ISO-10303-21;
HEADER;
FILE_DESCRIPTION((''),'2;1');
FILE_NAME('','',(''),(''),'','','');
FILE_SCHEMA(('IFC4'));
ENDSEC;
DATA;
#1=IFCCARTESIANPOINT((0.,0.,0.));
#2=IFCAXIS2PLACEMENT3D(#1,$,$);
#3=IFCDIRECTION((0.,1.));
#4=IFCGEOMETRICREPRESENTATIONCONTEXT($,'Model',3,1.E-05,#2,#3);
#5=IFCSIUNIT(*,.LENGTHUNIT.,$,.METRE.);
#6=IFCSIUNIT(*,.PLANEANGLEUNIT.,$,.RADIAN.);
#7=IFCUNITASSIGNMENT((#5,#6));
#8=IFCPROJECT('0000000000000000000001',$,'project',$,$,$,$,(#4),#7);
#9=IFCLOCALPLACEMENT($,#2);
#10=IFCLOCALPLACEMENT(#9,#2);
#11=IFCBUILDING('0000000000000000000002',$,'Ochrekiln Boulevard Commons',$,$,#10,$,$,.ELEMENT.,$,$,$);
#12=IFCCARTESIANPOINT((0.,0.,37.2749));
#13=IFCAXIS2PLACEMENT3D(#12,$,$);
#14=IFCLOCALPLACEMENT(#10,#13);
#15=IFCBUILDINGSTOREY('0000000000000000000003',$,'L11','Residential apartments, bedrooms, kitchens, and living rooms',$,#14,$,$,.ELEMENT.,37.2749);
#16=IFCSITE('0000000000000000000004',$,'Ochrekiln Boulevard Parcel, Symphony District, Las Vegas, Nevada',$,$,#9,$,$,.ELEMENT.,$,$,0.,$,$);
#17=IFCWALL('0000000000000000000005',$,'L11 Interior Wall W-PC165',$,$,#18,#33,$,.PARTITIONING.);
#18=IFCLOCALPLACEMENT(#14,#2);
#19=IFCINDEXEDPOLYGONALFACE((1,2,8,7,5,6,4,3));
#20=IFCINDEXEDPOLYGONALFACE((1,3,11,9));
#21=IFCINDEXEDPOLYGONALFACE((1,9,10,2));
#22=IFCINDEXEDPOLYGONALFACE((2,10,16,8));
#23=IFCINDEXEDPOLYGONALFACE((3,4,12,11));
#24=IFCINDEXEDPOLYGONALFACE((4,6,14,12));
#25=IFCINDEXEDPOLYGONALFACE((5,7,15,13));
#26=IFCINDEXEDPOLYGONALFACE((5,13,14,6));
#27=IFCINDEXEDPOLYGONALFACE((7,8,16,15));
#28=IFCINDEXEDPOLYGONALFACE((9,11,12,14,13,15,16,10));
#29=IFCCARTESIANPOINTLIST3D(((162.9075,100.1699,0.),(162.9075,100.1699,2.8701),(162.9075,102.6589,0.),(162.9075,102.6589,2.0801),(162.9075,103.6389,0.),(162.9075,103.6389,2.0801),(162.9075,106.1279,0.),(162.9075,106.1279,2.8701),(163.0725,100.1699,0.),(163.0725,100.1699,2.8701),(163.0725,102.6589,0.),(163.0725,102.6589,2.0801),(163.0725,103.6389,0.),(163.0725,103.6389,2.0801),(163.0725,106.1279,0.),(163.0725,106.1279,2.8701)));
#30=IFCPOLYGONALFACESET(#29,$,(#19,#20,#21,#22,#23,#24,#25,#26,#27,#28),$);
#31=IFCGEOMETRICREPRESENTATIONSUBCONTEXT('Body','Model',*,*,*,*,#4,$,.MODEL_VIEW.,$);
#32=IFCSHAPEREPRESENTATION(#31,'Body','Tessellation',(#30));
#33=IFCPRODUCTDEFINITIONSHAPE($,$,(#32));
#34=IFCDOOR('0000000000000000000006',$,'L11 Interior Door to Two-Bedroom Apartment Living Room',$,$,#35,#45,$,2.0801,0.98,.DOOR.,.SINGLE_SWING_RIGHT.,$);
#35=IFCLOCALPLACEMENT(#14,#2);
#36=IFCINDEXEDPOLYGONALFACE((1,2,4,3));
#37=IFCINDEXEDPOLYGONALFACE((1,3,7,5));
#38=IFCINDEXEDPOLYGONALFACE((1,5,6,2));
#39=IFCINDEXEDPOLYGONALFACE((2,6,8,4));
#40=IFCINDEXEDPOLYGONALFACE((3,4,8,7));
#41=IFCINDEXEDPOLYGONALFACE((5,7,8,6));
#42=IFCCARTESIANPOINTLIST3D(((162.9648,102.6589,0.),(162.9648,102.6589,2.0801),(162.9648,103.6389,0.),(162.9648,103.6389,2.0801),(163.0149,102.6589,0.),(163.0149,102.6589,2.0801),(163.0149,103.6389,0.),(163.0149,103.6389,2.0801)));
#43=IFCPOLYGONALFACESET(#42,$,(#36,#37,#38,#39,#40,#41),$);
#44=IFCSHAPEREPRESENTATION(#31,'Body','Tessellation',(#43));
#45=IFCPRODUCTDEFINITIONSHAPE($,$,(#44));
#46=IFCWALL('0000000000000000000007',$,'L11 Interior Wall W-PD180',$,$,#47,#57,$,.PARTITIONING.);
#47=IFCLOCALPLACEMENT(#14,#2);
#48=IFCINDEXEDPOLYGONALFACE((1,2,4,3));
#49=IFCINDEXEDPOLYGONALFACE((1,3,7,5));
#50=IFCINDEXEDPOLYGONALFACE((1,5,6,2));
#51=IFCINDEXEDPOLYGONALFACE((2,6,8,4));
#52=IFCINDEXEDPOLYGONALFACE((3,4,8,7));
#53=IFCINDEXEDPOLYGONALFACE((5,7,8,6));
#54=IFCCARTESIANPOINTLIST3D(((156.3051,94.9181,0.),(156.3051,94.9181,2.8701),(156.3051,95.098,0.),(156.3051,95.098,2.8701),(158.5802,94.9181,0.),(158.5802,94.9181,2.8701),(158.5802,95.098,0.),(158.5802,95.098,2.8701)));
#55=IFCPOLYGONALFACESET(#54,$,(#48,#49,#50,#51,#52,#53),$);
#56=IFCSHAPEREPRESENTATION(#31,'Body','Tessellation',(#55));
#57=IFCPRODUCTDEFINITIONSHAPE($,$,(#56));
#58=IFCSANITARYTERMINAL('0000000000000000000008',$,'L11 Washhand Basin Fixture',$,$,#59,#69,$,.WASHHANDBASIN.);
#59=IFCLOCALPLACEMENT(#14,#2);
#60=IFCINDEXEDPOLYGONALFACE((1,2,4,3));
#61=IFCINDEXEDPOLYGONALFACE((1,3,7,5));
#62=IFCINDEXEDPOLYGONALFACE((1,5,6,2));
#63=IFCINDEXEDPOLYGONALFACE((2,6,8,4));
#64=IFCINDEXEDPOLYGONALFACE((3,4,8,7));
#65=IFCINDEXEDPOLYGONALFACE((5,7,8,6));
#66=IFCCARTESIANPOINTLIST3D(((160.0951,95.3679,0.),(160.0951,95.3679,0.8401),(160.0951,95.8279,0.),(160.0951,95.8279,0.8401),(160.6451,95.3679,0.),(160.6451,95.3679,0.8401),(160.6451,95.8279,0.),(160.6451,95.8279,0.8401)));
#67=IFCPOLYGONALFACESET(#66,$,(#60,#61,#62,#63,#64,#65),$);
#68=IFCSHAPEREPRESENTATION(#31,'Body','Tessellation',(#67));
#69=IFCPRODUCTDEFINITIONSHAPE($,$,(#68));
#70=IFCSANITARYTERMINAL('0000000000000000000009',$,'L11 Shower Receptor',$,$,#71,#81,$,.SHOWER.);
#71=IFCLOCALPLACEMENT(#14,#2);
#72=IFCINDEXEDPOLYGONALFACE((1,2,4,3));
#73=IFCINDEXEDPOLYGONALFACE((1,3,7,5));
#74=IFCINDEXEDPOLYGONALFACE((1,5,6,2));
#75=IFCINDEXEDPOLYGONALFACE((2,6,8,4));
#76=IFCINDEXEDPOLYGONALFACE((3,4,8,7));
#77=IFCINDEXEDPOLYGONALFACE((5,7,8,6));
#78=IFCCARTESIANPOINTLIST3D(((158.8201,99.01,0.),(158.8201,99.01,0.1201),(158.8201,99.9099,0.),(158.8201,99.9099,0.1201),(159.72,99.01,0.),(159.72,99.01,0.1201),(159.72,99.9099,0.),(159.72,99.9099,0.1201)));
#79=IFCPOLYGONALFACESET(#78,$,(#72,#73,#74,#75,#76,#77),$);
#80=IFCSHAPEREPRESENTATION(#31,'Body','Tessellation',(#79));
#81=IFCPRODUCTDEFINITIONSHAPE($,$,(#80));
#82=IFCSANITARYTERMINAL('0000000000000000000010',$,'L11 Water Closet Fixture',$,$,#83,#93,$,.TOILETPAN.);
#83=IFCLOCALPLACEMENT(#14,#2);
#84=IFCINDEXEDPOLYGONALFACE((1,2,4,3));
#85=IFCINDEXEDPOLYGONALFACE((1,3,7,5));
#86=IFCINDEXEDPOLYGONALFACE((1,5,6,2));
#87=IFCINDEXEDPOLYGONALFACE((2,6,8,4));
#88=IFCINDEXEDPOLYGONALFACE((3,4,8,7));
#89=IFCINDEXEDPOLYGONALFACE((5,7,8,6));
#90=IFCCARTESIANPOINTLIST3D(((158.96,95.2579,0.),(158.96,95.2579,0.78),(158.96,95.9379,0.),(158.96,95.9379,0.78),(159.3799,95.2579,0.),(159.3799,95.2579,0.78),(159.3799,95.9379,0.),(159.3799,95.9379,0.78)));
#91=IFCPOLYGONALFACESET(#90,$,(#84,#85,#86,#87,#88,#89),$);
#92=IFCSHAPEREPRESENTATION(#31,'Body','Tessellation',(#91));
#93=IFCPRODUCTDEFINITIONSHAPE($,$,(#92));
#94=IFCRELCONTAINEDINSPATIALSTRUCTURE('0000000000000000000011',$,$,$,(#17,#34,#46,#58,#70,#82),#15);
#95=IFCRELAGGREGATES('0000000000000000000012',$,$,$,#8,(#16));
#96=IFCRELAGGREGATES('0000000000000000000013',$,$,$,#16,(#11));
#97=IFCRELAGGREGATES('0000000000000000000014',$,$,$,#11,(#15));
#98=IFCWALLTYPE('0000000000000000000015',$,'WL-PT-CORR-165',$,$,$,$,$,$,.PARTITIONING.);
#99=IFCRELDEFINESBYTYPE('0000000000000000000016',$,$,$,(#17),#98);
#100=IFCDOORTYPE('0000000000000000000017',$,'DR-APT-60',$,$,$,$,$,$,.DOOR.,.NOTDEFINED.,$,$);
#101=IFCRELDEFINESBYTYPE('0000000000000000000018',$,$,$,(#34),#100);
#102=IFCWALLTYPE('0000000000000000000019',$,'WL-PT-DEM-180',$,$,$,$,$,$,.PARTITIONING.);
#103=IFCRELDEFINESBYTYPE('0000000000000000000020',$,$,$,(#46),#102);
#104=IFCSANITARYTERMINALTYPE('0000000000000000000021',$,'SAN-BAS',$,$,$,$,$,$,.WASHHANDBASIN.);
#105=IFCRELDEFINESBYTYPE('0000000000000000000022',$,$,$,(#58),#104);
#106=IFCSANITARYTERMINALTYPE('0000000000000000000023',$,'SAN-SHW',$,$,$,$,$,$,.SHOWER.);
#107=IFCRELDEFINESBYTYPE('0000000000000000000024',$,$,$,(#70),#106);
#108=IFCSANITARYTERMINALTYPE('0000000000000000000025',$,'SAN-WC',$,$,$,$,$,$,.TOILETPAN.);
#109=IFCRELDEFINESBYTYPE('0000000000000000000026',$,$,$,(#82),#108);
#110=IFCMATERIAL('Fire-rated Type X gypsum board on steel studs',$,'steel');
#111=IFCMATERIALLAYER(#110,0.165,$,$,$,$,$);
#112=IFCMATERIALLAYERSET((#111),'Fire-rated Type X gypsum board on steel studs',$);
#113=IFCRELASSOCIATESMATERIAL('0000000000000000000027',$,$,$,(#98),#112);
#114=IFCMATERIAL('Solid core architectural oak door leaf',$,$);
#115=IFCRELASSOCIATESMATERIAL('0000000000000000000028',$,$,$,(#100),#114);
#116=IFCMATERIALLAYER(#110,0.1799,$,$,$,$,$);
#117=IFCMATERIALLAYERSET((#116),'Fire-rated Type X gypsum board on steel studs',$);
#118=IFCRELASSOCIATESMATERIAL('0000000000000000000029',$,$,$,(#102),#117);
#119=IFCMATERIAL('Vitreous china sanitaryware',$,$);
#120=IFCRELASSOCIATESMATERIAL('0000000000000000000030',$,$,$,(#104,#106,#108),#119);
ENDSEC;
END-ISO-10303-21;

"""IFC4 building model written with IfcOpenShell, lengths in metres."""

from ifc_helpers import new_model, si_unit, direction, frame, frame_2d, origin, origin_2d, place, context, subcontext, project, spatial, rectangle, extrude, material, layer, layer_set, type_object, element, fill, save


model = new_model("IFC4")

# Units and contexts
model_context = context("Model", 3, precision=1e-05, world=origin(), true_north=direction((0.0, 1.0)))
body_context = subcontext(model_context, "Body", "Model", "MODEL_VIEW")
ifc_project = project(units=[si_unit("LENGTHUNIT", "METRE"), si_unit("PLANEANGLEUNIT", "RADIAN")], contexts=[model_context])

# Site, building, storey
site_placement = place(None, origin())
site = spatial("IfcSite", under=ifc_project, at=site_placement, Name="Ochrekiln Boulevard Parcel, Symphony District, Las Vegas, Nevada", CompositionType="ELEMENT", RefElevation=0.0)
building_placement = place(site_placement, origin())
building = spatial("IfcBuilding", under=site, at=building_placement, Name="Ochrekiln Boulevard Commons", CompositionType="ELEMENT")
storey_placement = place(building_placement, frame((0.0, 0.0, 37.2749)))
storey = spatial("IfcBuildingStorey", under=building, at=storey_placement, Name="L11", Description="Residential apartments, bedrooms, kitchens, and living rooms", CompositionType="ELEMENT", Elevation=37.2749)

# Shared definitions
ifc_material_1 = material(Name="Solid core architectural oak door leaf")

# Wall, opening, door
ifc_material_2 = material(Name="Fire-rated Type X gypsum board on steel studs", Category="steel")
ifc_layer_1 = layer(ifc_material_2, 0.165)
ifc_layer_set_1 = layer_set([ifc_layer_1], Name="Fire-rated Type X gypsum board on steel studs")
wall_type_1 = type_object("IfcWallType", Name="WL-PT-CORR-165", PredefinedType="PARTITIONING", material=ifc_layer_set_1)
door_type_1 = type_object("IfcDoorType", Name="DR-APT-60", OperationType="NOTDEFINED", PredefinedType="DOOR", material=ifc_material_1)
wall_1_placement = place(storey_placement, frame((162.99, 100.1699, 0.0), z_axis=(0.0, 0.0, 1.0), x_axis=(0.0, 1.0, 0.0)))
wall_1 = element("IfcWall", 1, at=wall_1_placement, inside=storey, type_object=wall_type_1, Name="L11 Interior Wall W-PC165", PredefinedType="PARTITIONING", context=body_context, shape_type="SweptSolid", body=[
    extrude(rectangle(XDim=5.958, YDim=0.165, at=frame_2d((2.979, 0.0))), origin(), (0.0, 0.0, 1.0), 2.8701),
])
opening_1_placement = place(wall_1_placement, frame((2.489, 0.0, 0.0)))
opening_1 = element("IfcOpeningElement", 2, at=opening_1_placement, cuts=wall_1, PredefinedType="OPENING", context=body_context, shape_type="SweptSolid", body=[
    extrude(rectangle(XDim=0.98, YDim=2.0801, at=frame_2d((0.49, 1.04))), frame((0.0, 0.0925, 0.0), z_axis=(0.0, -1.0, 0.0), x_axis=(1.0, 0.0, 0.0)), (0.0, 0.0, 1.0), 0.1851),
])
door_1_placement = place(opening_1_placement, frame((0.98, 0.0, 0.0), z_axis=(0.0, 0.0, 1.0), x_axis=(-1.0, 0.0, 0.0)))
door_1 = element("IfcDoor", 3, at=door_1_placement, inside=storey, type_object=door_type_1, Name="L11 Interior Door to Two-Bedroom Apartment Living Room", OperationType="SINGLE_SWING_RIGHT", OverallHeight=2.0801, OverallWidth=0.98, PredefinedType="DOOR", context=body_context, shape_type="SweptSolid", body=[
    extrude(rectangle(XDim=0.98, YDim=2.0801, at=frame_2d((0.49, 1.04))), frame((0.0, 0.0249, 0.0), z_axis=(0.0, -1.0, 0.0), x_axis=(1.0, 0.0, 0.0)), (0.0, 0.0, 1.0), 0.05),
])
fill(opening_1, door_1)

# Wall
ifc_layer_2 = layer(ifc_material_2, 0.1799)
ifc_layer_set_2 = layer_set([ifc_layer_2], Name="Fire-rated Type X gypsum board on steel studs")
wall_type_2 = type_object("IfcWallType", Name="WL-PT-DEM-180", PredefinedType="PARTITIONING", material=ifc_layer_set_2)
wall_2_placement = place(storey_placement, frame((156.3049, 95.0081, 0.0), z_axis=(0.0, 0.0, 1.0), x_axis=(1.0, 0.0, 0.0)))
element("IfcWall", 4, at=wall_2_placement, inside=storey, type_object=wall_type_2, Name="L11 Interior Wall W-PD180", PredefinedType="PARTITIONING", context=body_context, shape_type="SweptSolid", body=[
    extrude(rectangle(XDim=2.2751, YDim=0.1799, at=frame_2d((1.1377, 0.0))), origin(), (0.0, 0.0, 1.0), 2.8701),
])

# Sanitary terminals
ifc_material_3 = material(Name="Vitreous china sanitaryware")
sanitary_terminal_type_1 = type_object("IfcSanitaryTerminalType", Name="SAN-BAS", PredefinedType="WASHHANDBASIN", material=ifc_material_3)
sanitary_terminal_1_placement = place(storey_placement, frame((160.3701, 95.5979, 0.0), z_axis=(0.0, 0.0, 1.0), x_axis=(1.0, 0.0, 0.0)))
element("IfcSanitaryTerminal", 5, at=sanitary_terminal_1_placement, inside=storey, type_object=sanitary_terminal_type_1, Name="L11 Washhand Basin Fixture", PredefinedType="WASHHANDBASIN", context=body_context, shape_type="SweptSolid", body=[
    extrude(rectangle(XDim=0.55, YDim=0.46, at=origin_2d()), origin(), (0.0, 0.0, 1.0), 0.8401),
])
sanitary_terminal_type_2 = type_object("IfcSanitaryTerminalType", Name="SAN-SHW", PredefinedType="SHOWER", material=ifc_material_3)
sanitary_terminal_2_placement = place(storey_placement, frame((159.27, 99.46, 0.0), z_axis=(0.0, 0.0, 1.0), x_axis=(1.0, 0.0, 0.0)))
element("IfcSanitaryTerminal", 6, at=sanitary_terminal_2_placement, inside=storey, type_object=sanitary_terminal_type_2, Name="L11 Shower Receptor", PredefinedType="SHOWER", context=body_context, shape_type="SweptSolid", body=[
    extrude(rectangle(XDim=0.8999, YDim=0.8999, at=origin_2d()), origin(), (0.0, 0.0, 1.0), 0.1201),
])
sanitary_terminal_type_3 = type_object("IfcSanitaryTerminalType", Name="SAN-WC", PredefinedType="TOILETPAN", material=ifc_material_3)
sanitary_terminal_3_placement = place(storey_placement, frame((159.1699, 95.5979, 0.0), z_axis=(0.0, 0.0, 1.0), x_axis=(1.0, 0.0, 0.0)))
element("IfcSanitaryTerminal", 7, at=sanitary_terminal_3_placement, inside=storey, type_object=sanitary_terminal_type_3, Name="L11 Water Closet Fixture", PredefinedType="TOILETPAN", context=body_context, shape_type="SweptSolid", body=[
    extrude(rectangle(XDim=0.4199, YDim=0.6799, at=origin_2d()), origin(), (0.0, 0.0, 1.0), 0.78),
])

save(model, "model.ifc")
